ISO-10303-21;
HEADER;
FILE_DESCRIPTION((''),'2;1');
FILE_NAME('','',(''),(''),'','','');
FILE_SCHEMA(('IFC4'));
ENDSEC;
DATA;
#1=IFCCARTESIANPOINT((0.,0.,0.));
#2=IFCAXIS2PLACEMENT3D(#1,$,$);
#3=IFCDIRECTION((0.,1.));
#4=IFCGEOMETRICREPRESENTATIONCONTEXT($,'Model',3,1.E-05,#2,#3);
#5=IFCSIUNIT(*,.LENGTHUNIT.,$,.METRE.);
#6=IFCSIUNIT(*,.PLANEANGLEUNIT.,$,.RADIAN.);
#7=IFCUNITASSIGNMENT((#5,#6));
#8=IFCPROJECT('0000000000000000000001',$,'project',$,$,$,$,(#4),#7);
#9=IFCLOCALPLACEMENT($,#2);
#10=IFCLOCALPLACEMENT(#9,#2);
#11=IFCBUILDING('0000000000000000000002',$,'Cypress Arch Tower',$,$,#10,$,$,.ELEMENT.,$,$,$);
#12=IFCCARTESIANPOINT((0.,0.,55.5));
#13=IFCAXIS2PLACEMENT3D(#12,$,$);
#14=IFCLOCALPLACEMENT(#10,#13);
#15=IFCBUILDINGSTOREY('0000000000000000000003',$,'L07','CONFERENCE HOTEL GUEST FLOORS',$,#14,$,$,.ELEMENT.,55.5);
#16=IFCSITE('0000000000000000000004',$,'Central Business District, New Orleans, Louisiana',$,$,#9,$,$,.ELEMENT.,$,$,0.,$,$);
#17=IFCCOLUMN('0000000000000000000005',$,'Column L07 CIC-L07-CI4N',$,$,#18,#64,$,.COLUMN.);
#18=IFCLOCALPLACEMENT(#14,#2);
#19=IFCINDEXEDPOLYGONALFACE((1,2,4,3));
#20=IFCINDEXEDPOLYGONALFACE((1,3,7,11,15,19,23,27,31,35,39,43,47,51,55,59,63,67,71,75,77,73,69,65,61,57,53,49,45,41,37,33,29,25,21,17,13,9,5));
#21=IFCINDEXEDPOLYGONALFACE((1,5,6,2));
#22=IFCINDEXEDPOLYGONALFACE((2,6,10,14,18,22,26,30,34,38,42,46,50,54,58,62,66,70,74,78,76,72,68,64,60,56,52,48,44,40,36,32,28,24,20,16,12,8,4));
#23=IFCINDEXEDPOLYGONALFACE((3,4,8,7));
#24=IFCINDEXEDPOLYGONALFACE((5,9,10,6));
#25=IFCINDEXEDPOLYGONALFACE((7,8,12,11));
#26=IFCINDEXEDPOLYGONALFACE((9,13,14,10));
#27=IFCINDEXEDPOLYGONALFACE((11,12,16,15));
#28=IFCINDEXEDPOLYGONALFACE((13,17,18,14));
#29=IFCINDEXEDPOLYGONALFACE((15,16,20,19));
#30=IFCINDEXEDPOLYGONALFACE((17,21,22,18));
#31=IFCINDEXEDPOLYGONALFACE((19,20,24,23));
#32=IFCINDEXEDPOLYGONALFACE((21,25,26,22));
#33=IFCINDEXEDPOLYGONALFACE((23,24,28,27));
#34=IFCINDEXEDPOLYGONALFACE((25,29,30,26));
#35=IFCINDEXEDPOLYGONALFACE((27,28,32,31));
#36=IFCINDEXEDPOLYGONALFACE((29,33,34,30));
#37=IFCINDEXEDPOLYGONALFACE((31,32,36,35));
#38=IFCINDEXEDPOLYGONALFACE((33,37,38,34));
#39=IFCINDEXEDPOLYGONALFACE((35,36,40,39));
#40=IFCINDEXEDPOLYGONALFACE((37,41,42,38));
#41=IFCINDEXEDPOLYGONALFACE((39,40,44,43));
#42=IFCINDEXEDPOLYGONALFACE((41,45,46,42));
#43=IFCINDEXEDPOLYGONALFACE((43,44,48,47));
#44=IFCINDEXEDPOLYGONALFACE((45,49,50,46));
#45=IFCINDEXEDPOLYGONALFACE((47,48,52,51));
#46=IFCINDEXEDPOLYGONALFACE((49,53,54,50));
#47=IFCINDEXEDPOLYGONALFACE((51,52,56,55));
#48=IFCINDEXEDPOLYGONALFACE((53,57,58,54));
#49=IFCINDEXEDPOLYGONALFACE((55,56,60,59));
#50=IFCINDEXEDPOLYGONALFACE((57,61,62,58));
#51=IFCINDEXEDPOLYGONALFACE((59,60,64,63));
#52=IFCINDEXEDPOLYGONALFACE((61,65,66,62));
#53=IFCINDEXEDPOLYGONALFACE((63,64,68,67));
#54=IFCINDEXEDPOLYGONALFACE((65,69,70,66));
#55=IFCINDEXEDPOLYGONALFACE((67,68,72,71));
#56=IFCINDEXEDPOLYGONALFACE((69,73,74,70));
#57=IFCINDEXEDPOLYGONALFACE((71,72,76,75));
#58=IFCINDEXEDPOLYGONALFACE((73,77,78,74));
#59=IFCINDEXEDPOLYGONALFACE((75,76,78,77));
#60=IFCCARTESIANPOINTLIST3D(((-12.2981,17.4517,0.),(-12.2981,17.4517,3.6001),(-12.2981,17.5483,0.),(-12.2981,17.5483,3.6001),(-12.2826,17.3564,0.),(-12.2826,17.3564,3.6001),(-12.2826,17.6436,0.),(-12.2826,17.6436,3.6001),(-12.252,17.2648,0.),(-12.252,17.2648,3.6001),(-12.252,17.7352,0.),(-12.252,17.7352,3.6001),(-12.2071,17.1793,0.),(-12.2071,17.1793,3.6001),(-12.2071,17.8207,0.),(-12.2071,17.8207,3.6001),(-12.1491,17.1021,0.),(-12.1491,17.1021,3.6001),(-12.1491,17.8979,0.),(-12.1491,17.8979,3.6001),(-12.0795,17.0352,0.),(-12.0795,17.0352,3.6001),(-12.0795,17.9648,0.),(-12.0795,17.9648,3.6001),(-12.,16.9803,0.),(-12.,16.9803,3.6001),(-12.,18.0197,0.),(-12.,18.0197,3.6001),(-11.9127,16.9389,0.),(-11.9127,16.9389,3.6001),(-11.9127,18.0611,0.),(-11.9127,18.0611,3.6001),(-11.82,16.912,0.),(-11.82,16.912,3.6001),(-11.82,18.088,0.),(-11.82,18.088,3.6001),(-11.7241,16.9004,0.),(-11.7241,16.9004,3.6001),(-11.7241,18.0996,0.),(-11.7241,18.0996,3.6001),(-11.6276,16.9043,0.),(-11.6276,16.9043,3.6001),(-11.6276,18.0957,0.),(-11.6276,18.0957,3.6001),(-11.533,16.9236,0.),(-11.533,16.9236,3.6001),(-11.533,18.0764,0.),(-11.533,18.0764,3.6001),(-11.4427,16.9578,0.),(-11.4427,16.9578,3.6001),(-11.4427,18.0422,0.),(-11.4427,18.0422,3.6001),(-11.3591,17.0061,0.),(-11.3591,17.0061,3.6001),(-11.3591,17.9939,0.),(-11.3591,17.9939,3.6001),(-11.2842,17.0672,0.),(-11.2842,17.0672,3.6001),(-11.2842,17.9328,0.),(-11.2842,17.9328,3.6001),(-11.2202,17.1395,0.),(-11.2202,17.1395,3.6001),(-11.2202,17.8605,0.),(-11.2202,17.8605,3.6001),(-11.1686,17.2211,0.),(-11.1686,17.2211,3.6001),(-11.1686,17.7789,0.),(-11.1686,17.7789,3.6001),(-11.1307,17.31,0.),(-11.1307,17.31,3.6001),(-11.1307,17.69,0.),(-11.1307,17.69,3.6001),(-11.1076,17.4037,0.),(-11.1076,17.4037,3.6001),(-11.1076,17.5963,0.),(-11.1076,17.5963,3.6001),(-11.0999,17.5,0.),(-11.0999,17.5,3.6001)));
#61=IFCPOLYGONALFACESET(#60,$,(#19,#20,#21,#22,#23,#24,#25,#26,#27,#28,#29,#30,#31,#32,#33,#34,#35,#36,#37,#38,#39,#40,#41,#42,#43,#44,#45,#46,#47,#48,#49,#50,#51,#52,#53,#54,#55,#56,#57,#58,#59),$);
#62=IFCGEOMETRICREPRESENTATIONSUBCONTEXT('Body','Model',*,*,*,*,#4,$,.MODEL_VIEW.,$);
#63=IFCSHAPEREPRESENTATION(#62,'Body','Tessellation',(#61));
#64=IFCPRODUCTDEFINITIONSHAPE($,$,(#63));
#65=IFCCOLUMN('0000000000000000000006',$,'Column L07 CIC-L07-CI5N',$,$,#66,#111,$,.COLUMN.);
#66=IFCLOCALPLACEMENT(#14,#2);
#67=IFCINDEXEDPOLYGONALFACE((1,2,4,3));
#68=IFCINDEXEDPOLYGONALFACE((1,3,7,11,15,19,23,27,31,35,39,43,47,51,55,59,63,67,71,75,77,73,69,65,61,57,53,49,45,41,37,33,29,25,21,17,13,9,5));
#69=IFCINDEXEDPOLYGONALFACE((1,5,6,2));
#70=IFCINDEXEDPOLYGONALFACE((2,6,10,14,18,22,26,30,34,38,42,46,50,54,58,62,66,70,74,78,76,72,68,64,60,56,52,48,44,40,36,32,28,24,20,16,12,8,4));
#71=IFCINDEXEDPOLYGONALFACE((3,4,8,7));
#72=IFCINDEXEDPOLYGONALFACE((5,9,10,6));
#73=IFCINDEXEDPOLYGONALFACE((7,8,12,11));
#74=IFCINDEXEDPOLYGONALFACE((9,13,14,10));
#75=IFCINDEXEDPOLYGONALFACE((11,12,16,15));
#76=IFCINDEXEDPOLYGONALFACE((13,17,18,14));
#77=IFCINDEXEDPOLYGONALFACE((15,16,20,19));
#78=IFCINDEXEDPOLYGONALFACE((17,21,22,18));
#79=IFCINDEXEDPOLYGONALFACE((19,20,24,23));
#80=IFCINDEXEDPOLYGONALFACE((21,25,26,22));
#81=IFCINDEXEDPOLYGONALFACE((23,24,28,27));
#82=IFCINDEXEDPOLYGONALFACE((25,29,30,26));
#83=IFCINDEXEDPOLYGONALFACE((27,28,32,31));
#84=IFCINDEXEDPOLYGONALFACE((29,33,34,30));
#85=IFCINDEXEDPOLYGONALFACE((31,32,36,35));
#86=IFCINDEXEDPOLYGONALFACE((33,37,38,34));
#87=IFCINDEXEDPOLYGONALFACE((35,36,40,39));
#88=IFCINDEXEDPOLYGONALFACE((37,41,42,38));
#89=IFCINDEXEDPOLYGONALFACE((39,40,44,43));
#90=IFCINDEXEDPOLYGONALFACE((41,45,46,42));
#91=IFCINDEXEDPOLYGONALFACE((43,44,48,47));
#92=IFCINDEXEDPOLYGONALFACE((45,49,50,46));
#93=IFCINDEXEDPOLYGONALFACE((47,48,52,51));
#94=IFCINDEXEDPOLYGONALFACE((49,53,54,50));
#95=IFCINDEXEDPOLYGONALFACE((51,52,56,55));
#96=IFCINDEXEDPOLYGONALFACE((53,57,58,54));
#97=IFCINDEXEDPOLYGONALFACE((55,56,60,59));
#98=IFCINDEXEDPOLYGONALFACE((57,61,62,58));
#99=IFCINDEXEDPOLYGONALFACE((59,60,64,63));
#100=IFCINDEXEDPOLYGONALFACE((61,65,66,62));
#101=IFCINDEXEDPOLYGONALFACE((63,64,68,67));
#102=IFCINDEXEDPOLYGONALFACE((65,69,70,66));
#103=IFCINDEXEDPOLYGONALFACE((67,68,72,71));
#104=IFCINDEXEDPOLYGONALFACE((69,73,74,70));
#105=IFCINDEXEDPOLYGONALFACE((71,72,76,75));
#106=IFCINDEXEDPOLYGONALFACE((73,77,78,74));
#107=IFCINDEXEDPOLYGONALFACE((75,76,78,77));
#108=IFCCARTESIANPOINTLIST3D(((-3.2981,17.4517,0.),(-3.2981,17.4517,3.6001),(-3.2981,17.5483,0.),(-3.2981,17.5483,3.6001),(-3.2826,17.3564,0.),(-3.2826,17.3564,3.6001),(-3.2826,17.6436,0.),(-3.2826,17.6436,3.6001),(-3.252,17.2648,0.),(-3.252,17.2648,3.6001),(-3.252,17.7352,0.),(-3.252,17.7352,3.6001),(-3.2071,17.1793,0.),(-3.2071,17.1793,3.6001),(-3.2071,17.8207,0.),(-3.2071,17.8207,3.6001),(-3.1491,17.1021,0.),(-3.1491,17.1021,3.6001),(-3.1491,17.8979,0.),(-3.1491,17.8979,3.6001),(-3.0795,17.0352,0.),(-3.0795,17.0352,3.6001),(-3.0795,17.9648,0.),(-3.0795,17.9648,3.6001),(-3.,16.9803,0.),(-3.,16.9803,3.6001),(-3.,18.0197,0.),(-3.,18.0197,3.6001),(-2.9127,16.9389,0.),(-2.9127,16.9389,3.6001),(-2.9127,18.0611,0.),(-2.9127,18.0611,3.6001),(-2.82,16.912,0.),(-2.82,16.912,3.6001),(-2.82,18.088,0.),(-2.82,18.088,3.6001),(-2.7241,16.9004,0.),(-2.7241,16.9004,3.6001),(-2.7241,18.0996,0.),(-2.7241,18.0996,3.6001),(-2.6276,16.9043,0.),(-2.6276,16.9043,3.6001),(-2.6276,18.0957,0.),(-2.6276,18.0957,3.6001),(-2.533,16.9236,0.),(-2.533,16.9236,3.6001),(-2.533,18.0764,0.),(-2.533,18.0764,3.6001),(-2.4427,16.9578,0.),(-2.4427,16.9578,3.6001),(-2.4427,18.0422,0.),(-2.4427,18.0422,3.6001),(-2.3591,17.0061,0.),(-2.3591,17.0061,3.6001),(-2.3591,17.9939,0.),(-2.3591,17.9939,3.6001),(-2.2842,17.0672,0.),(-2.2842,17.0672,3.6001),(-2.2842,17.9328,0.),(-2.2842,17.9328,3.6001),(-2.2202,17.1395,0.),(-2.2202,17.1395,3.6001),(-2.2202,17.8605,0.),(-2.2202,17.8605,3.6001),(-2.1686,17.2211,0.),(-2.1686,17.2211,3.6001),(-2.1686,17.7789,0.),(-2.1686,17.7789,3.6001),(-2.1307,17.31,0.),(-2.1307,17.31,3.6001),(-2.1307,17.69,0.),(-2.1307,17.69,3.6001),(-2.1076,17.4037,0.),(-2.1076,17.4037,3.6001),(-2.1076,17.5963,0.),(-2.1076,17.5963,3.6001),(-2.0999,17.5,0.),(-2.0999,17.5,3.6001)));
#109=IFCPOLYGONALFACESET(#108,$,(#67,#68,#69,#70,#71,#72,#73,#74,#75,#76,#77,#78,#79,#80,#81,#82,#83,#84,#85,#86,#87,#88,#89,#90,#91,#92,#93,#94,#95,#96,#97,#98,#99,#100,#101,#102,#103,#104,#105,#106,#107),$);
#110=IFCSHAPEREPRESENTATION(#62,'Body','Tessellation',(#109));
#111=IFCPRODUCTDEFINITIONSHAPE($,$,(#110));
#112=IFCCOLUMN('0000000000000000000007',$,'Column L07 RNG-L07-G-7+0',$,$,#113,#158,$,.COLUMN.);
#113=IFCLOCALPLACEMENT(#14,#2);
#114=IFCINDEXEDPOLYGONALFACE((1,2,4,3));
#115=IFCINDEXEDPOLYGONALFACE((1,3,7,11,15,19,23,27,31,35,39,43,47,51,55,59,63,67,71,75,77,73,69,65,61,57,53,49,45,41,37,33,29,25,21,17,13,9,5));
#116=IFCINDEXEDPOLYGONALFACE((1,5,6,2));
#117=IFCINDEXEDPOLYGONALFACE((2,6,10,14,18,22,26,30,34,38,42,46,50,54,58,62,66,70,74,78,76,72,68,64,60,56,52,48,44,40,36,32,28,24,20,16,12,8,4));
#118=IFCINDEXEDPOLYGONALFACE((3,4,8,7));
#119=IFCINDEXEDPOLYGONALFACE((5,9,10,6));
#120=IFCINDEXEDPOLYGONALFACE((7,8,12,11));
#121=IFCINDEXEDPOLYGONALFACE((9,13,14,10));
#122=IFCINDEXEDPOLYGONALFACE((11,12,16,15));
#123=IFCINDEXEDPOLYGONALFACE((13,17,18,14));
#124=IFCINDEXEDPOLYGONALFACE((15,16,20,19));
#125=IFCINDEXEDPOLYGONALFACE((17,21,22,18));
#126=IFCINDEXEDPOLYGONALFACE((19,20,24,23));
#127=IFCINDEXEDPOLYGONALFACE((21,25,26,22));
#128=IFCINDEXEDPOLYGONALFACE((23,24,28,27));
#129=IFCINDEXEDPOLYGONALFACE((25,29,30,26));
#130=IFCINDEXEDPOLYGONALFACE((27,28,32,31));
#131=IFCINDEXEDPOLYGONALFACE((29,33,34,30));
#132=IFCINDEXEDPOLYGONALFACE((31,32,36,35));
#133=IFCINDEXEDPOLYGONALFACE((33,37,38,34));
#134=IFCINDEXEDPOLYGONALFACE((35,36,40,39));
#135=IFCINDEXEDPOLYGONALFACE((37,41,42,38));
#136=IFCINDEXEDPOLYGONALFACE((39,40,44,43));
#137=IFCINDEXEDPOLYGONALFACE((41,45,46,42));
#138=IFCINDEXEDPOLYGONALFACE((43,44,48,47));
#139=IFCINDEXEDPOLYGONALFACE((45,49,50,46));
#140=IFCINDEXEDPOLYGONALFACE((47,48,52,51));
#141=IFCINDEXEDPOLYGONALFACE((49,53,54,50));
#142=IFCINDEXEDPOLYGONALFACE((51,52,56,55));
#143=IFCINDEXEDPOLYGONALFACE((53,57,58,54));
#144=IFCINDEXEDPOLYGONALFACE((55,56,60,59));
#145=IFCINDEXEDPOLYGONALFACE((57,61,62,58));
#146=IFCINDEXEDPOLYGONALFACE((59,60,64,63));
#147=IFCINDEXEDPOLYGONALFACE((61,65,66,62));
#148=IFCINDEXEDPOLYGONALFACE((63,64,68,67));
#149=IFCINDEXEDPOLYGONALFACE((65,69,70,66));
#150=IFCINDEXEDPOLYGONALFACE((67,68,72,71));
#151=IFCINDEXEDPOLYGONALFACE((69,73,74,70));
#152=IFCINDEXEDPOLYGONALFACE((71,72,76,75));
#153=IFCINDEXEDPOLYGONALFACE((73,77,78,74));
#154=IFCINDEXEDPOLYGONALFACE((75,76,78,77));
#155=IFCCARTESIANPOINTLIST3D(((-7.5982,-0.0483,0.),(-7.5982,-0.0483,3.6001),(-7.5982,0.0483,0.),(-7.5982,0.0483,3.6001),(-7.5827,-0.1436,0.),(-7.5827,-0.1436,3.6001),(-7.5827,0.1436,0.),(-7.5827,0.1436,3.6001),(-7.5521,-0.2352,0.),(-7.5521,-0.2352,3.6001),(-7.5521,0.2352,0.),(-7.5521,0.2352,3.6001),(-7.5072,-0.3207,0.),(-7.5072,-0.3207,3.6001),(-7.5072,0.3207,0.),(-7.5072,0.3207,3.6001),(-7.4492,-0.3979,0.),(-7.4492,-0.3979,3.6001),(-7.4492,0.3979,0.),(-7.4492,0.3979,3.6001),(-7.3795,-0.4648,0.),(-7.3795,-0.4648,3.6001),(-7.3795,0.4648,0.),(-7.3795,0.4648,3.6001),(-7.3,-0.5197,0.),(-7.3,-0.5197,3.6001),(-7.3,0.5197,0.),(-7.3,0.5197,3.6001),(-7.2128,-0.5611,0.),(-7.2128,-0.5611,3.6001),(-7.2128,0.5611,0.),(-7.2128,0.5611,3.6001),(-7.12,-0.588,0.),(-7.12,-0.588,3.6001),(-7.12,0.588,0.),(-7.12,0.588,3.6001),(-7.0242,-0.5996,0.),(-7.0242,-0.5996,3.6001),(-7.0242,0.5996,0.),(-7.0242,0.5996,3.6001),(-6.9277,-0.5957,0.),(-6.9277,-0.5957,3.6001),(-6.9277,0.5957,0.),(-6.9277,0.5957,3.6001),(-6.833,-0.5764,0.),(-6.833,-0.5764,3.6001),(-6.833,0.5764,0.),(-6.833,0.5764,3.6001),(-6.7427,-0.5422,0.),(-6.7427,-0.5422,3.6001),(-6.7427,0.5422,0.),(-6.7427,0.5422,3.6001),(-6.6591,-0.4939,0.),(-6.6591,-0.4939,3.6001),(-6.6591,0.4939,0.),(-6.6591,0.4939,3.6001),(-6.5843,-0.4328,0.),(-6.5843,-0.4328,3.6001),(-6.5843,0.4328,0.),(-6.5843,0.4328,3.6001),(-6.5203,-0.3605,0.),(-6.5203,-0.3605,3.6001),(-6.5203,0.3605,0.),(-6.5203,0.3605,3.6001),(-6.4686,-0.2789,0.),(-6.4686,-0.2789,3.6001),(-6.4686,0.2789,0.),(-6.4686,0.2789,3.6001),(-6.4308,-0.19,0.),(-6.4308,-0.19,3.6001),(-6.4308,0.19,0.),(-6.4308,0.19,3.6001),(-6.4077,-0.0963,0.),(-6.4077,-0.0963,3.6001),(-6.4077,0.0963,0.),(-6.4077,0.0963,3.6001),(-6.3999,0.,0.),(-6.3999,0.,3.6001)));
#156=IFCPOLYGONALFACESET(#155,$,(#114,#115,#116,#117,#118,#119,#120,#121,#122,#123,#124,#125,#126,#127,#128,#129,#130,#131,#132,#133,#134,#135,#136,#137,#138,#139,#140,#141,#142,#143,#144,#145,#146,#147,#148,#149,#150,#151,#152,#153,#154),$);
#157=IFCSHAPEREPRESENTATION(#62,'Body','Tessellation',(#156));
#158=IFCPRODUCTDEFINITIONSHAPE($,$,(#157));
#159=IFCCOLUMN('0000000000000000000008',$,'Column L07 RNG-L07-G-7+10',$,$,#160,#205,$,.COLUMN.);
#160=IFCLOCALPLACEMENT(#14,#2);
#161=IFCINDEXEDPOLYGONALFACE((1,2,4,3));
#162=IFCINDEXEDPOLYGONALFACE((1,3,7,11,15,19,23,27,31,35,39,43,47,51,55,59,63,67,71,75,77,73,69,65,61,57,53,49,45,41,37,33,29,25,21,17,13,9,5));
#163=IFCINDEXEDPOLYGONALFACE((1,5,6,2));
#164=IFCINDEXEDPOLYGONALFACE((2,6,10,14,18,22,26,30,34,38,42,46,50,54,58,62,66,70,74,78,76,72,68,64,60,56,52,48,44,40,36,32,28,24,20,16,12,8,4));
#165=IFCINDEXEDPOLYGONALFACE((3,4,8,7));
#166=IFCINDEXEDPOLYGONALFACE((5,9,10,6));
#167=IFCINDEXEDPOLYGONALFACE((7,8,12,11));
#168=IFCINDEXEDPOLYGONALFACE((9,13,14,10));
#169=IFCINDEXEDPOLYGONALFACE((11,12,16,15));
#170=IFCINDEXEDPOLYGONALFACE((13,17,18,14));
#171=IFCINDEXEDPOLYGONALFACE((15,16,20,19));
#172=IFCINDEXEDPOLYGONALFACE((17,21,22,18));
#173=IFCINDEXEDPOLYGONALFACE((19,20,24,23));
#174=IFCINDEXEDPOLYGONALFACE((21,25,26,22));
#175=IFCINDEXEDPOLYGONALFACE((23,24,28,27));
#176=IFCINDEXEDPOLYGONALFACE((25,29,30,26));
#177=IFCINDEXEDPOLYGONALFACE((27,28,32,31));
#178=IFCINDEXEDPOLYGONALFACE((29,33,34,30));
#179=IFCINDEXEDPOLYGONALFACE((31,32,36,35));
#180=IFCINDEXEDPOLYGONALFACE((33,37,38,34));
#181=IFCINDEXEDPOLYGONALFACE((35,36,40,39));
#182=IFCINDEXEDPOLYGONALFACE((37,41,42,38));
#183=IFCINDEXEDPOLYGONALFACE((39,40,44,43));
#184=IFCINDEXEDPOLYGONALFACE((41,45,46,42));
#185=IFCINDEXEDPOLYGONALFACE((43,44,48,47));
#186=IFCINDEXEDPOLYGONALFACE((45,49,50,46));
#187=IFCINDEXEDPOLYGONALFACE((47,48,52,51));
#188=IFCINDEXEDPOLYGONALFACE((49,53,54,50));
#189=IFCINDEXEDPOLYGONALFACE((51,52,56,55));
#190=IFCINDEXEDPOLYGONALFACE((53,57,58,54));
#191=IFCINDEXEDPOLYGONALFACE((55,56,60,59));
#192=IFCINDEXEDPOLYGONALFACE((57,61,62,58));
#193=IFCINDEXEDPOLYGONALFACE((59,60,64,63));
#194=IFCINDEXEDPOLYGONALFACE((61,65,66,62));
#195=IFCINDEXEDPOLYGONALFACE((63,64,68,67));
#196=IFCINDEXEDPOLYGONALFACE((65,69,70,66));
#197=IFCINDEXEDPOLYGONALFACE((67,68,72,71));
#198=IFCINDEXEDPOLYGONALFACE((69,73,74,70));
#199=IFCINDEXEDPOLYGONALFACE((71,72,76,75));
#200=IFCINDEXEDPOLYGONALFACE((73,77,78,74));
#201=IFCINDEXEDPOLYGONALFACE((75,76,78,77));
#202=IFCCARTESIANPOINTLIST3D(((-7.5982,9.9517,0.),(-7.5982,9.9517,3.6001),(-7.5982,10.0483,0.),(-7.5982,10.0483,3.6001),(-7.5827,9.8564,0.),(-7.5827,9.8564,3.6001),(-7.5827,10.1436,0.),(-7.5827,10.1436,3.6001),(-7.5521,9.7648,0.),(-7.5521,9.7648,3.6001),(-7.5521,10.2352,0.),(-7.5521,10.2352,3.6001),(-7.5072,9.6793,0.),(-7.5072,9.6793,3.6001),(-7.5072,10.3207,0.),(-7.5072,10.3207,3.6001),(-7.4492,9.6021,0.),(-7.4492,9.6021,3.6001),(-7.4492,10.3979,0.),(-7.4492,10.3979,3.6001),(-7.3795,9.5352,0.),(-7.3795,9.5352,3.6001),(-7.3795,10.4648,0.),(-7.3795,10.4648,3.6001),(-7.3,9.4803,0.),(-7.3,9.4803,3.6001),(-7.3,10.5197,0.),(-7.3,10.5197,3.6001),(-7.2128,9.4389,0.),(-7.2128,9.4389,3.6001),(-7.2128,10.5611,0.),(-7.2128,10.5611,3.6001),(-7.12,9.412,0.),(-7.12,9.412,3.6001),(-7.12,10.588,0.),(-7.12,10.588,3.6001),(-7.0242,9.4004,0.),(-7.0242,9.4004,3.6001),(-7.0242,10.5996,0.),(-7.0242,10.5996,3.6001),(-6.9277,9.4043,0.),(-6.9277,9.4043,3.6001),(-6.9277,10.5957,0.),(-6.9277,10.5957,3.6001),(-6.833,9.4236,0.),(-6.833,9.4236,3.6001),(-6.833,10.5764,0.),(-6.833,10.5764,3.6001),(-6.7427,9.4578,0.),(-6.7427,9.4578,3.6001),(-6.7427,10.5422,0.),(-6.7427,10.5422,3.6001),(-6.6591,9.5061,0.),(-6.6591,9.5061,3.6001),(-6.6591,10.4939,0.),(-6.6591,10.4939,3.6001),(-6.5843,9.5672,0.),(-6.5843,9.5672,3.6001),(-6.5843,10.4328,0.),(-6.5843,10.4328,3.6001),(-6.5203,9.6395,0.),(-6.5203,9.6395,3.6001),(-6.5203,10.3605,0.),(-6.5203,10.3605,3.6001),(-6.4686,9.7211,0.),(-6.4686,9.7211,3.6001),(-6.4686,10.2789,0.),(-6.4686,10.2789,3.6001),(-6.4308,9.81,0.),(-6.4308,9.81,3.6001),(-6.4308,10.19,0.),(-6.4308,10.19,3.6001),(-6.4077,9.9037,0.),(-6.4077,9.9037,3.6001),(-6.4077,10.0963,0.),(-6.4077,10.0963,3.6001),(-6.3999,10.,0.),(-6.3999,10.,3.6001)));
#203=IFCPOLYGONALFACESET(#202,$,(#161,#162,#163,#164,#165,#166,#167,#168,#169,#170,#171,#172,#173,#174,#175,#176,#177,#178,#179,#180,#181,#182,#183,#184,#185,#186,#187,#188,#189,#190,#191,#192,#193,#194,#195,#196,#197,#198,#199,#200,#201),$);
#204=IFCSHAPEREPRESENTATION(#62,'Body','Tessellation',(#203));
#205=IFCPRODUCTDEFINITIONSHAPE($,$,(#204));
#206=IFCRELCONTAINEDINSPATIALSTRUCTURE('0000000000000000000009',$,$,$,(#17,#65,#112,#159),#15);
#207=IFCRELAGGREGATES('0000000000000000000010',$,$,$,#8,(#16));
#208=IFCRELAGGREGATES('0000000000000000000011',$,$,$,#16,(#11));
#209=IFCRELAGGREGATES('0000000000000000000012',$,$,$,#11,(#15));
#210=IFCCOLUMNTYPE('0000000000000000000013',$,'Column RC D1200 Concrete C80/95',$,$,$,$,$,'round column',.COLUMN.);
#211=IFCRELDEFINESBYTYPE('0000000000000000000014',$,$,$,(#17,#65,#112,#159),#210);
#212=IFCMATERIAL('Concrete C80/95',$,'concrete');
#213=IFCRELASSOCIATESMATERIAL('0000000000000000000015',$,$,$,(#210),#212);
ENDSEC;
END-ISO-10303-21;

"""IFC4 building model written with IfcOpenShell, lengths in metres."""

from ifc_helpers import new_model, si_unit, direction, frame, origin, origin_2d, place, context, subcontext, project, spatial, circle, extrude, material, material_profile, profile_set, type_object, element, save


model = new_model("IFC4")

# Units and contexts
model_context = context("Model", 3, precision=1e-05, world=origin(), true_north=direction((0.0, 1.0)))
body_context = subcontext(model_context, "Body", "Model", "MODEL_VIEW")
ifc_project = project(units=[si_unit("LENGTHUNIT", "METRE"), si_unit("PLANEANGLEUNIT", "RADIAN")], contexts=[model_context])

# Site, building, storey
site_placement = place(None, origin())
site = spatial("IfcSite", under=ifc_project, at=site_placement, Name="Central Business District, New Orleans, Louisiana", CompositionType="ELEMENT", RefElevation=0.0)
building_placement = place(site_placement, origin())
building = spatial("IfcBuilding", under=site, at=building_placement, Name="Cypress Arch Tower", CompositionType="ELEMENT")
storey_placement = place(building_placement, frame((0.0, 0.0, 55.5)))
storey = spatial("IfcBuildingStorey", under=building, at=storey_placement, Name="L07", Description="CONFERENCE HOTEL GUEST FLOORS", CompositionType="ELEMENT", Elevation=55.5)

# Columns
ifc_material_1 = material(Name="Concrete C80/95", Category="concrete")
ifc_material_profile_1 = material_profile(ifc_material_1, circle(Radius=0.6001, at=origin_2d()), Name="RC D1200")
ifc_profile_set_1 = profile_set([ifc_material_profile_1], Name="Concrete C80/95")
column_type = type_object("IfcColumnType", Name="Column RC D1200 Concrete C80/95", ElementType="round column", PredefinedType="COLUMN", material=ifc_profile_set_1)
for number, where, z_axis, x_axis, name in (
    (1, (-11.7, 17.5, 0.0), (0.0, 0.0, 1.0), (1.0, 0.0, 0.0), "Column L07 CIC-L07-CI4N"),
    (2, (-2.7, 17.5, 0.0), (0.0, 0.0, 1.0), (1.0, 0.0, 0.0), "Column L07 CIC-L07-CI5N"),
    (3, (-7.0, 0.0, 0.0), (0.0, 0.0, 1.0), (1.0, 0.0, 0.0), "Column L07 RNG-L07-G-7+0"),
    (4, (-7.0, 10.0, 0.0), (0.0, 0.0, 1.0), (1.0, 0.0, 0.0), "Column L07 RNG-L07-G-7+10"),
):
    element("IfcColumn", number, at=place(storey_placement, frame(where, z_axis=z_axis, x_axis=x_axis)), inside=storey, type_object=column_type, Name=name, PredefinedType="COLUMN", context=body_context, shape_type="SweptSolid", body=[
        extrude(circle(Radius=0.6001, at=origin_2d()), origin(), (0.0, 0.0, 1.0), 3.6001),
    ])

save(model, "model.ifc")
